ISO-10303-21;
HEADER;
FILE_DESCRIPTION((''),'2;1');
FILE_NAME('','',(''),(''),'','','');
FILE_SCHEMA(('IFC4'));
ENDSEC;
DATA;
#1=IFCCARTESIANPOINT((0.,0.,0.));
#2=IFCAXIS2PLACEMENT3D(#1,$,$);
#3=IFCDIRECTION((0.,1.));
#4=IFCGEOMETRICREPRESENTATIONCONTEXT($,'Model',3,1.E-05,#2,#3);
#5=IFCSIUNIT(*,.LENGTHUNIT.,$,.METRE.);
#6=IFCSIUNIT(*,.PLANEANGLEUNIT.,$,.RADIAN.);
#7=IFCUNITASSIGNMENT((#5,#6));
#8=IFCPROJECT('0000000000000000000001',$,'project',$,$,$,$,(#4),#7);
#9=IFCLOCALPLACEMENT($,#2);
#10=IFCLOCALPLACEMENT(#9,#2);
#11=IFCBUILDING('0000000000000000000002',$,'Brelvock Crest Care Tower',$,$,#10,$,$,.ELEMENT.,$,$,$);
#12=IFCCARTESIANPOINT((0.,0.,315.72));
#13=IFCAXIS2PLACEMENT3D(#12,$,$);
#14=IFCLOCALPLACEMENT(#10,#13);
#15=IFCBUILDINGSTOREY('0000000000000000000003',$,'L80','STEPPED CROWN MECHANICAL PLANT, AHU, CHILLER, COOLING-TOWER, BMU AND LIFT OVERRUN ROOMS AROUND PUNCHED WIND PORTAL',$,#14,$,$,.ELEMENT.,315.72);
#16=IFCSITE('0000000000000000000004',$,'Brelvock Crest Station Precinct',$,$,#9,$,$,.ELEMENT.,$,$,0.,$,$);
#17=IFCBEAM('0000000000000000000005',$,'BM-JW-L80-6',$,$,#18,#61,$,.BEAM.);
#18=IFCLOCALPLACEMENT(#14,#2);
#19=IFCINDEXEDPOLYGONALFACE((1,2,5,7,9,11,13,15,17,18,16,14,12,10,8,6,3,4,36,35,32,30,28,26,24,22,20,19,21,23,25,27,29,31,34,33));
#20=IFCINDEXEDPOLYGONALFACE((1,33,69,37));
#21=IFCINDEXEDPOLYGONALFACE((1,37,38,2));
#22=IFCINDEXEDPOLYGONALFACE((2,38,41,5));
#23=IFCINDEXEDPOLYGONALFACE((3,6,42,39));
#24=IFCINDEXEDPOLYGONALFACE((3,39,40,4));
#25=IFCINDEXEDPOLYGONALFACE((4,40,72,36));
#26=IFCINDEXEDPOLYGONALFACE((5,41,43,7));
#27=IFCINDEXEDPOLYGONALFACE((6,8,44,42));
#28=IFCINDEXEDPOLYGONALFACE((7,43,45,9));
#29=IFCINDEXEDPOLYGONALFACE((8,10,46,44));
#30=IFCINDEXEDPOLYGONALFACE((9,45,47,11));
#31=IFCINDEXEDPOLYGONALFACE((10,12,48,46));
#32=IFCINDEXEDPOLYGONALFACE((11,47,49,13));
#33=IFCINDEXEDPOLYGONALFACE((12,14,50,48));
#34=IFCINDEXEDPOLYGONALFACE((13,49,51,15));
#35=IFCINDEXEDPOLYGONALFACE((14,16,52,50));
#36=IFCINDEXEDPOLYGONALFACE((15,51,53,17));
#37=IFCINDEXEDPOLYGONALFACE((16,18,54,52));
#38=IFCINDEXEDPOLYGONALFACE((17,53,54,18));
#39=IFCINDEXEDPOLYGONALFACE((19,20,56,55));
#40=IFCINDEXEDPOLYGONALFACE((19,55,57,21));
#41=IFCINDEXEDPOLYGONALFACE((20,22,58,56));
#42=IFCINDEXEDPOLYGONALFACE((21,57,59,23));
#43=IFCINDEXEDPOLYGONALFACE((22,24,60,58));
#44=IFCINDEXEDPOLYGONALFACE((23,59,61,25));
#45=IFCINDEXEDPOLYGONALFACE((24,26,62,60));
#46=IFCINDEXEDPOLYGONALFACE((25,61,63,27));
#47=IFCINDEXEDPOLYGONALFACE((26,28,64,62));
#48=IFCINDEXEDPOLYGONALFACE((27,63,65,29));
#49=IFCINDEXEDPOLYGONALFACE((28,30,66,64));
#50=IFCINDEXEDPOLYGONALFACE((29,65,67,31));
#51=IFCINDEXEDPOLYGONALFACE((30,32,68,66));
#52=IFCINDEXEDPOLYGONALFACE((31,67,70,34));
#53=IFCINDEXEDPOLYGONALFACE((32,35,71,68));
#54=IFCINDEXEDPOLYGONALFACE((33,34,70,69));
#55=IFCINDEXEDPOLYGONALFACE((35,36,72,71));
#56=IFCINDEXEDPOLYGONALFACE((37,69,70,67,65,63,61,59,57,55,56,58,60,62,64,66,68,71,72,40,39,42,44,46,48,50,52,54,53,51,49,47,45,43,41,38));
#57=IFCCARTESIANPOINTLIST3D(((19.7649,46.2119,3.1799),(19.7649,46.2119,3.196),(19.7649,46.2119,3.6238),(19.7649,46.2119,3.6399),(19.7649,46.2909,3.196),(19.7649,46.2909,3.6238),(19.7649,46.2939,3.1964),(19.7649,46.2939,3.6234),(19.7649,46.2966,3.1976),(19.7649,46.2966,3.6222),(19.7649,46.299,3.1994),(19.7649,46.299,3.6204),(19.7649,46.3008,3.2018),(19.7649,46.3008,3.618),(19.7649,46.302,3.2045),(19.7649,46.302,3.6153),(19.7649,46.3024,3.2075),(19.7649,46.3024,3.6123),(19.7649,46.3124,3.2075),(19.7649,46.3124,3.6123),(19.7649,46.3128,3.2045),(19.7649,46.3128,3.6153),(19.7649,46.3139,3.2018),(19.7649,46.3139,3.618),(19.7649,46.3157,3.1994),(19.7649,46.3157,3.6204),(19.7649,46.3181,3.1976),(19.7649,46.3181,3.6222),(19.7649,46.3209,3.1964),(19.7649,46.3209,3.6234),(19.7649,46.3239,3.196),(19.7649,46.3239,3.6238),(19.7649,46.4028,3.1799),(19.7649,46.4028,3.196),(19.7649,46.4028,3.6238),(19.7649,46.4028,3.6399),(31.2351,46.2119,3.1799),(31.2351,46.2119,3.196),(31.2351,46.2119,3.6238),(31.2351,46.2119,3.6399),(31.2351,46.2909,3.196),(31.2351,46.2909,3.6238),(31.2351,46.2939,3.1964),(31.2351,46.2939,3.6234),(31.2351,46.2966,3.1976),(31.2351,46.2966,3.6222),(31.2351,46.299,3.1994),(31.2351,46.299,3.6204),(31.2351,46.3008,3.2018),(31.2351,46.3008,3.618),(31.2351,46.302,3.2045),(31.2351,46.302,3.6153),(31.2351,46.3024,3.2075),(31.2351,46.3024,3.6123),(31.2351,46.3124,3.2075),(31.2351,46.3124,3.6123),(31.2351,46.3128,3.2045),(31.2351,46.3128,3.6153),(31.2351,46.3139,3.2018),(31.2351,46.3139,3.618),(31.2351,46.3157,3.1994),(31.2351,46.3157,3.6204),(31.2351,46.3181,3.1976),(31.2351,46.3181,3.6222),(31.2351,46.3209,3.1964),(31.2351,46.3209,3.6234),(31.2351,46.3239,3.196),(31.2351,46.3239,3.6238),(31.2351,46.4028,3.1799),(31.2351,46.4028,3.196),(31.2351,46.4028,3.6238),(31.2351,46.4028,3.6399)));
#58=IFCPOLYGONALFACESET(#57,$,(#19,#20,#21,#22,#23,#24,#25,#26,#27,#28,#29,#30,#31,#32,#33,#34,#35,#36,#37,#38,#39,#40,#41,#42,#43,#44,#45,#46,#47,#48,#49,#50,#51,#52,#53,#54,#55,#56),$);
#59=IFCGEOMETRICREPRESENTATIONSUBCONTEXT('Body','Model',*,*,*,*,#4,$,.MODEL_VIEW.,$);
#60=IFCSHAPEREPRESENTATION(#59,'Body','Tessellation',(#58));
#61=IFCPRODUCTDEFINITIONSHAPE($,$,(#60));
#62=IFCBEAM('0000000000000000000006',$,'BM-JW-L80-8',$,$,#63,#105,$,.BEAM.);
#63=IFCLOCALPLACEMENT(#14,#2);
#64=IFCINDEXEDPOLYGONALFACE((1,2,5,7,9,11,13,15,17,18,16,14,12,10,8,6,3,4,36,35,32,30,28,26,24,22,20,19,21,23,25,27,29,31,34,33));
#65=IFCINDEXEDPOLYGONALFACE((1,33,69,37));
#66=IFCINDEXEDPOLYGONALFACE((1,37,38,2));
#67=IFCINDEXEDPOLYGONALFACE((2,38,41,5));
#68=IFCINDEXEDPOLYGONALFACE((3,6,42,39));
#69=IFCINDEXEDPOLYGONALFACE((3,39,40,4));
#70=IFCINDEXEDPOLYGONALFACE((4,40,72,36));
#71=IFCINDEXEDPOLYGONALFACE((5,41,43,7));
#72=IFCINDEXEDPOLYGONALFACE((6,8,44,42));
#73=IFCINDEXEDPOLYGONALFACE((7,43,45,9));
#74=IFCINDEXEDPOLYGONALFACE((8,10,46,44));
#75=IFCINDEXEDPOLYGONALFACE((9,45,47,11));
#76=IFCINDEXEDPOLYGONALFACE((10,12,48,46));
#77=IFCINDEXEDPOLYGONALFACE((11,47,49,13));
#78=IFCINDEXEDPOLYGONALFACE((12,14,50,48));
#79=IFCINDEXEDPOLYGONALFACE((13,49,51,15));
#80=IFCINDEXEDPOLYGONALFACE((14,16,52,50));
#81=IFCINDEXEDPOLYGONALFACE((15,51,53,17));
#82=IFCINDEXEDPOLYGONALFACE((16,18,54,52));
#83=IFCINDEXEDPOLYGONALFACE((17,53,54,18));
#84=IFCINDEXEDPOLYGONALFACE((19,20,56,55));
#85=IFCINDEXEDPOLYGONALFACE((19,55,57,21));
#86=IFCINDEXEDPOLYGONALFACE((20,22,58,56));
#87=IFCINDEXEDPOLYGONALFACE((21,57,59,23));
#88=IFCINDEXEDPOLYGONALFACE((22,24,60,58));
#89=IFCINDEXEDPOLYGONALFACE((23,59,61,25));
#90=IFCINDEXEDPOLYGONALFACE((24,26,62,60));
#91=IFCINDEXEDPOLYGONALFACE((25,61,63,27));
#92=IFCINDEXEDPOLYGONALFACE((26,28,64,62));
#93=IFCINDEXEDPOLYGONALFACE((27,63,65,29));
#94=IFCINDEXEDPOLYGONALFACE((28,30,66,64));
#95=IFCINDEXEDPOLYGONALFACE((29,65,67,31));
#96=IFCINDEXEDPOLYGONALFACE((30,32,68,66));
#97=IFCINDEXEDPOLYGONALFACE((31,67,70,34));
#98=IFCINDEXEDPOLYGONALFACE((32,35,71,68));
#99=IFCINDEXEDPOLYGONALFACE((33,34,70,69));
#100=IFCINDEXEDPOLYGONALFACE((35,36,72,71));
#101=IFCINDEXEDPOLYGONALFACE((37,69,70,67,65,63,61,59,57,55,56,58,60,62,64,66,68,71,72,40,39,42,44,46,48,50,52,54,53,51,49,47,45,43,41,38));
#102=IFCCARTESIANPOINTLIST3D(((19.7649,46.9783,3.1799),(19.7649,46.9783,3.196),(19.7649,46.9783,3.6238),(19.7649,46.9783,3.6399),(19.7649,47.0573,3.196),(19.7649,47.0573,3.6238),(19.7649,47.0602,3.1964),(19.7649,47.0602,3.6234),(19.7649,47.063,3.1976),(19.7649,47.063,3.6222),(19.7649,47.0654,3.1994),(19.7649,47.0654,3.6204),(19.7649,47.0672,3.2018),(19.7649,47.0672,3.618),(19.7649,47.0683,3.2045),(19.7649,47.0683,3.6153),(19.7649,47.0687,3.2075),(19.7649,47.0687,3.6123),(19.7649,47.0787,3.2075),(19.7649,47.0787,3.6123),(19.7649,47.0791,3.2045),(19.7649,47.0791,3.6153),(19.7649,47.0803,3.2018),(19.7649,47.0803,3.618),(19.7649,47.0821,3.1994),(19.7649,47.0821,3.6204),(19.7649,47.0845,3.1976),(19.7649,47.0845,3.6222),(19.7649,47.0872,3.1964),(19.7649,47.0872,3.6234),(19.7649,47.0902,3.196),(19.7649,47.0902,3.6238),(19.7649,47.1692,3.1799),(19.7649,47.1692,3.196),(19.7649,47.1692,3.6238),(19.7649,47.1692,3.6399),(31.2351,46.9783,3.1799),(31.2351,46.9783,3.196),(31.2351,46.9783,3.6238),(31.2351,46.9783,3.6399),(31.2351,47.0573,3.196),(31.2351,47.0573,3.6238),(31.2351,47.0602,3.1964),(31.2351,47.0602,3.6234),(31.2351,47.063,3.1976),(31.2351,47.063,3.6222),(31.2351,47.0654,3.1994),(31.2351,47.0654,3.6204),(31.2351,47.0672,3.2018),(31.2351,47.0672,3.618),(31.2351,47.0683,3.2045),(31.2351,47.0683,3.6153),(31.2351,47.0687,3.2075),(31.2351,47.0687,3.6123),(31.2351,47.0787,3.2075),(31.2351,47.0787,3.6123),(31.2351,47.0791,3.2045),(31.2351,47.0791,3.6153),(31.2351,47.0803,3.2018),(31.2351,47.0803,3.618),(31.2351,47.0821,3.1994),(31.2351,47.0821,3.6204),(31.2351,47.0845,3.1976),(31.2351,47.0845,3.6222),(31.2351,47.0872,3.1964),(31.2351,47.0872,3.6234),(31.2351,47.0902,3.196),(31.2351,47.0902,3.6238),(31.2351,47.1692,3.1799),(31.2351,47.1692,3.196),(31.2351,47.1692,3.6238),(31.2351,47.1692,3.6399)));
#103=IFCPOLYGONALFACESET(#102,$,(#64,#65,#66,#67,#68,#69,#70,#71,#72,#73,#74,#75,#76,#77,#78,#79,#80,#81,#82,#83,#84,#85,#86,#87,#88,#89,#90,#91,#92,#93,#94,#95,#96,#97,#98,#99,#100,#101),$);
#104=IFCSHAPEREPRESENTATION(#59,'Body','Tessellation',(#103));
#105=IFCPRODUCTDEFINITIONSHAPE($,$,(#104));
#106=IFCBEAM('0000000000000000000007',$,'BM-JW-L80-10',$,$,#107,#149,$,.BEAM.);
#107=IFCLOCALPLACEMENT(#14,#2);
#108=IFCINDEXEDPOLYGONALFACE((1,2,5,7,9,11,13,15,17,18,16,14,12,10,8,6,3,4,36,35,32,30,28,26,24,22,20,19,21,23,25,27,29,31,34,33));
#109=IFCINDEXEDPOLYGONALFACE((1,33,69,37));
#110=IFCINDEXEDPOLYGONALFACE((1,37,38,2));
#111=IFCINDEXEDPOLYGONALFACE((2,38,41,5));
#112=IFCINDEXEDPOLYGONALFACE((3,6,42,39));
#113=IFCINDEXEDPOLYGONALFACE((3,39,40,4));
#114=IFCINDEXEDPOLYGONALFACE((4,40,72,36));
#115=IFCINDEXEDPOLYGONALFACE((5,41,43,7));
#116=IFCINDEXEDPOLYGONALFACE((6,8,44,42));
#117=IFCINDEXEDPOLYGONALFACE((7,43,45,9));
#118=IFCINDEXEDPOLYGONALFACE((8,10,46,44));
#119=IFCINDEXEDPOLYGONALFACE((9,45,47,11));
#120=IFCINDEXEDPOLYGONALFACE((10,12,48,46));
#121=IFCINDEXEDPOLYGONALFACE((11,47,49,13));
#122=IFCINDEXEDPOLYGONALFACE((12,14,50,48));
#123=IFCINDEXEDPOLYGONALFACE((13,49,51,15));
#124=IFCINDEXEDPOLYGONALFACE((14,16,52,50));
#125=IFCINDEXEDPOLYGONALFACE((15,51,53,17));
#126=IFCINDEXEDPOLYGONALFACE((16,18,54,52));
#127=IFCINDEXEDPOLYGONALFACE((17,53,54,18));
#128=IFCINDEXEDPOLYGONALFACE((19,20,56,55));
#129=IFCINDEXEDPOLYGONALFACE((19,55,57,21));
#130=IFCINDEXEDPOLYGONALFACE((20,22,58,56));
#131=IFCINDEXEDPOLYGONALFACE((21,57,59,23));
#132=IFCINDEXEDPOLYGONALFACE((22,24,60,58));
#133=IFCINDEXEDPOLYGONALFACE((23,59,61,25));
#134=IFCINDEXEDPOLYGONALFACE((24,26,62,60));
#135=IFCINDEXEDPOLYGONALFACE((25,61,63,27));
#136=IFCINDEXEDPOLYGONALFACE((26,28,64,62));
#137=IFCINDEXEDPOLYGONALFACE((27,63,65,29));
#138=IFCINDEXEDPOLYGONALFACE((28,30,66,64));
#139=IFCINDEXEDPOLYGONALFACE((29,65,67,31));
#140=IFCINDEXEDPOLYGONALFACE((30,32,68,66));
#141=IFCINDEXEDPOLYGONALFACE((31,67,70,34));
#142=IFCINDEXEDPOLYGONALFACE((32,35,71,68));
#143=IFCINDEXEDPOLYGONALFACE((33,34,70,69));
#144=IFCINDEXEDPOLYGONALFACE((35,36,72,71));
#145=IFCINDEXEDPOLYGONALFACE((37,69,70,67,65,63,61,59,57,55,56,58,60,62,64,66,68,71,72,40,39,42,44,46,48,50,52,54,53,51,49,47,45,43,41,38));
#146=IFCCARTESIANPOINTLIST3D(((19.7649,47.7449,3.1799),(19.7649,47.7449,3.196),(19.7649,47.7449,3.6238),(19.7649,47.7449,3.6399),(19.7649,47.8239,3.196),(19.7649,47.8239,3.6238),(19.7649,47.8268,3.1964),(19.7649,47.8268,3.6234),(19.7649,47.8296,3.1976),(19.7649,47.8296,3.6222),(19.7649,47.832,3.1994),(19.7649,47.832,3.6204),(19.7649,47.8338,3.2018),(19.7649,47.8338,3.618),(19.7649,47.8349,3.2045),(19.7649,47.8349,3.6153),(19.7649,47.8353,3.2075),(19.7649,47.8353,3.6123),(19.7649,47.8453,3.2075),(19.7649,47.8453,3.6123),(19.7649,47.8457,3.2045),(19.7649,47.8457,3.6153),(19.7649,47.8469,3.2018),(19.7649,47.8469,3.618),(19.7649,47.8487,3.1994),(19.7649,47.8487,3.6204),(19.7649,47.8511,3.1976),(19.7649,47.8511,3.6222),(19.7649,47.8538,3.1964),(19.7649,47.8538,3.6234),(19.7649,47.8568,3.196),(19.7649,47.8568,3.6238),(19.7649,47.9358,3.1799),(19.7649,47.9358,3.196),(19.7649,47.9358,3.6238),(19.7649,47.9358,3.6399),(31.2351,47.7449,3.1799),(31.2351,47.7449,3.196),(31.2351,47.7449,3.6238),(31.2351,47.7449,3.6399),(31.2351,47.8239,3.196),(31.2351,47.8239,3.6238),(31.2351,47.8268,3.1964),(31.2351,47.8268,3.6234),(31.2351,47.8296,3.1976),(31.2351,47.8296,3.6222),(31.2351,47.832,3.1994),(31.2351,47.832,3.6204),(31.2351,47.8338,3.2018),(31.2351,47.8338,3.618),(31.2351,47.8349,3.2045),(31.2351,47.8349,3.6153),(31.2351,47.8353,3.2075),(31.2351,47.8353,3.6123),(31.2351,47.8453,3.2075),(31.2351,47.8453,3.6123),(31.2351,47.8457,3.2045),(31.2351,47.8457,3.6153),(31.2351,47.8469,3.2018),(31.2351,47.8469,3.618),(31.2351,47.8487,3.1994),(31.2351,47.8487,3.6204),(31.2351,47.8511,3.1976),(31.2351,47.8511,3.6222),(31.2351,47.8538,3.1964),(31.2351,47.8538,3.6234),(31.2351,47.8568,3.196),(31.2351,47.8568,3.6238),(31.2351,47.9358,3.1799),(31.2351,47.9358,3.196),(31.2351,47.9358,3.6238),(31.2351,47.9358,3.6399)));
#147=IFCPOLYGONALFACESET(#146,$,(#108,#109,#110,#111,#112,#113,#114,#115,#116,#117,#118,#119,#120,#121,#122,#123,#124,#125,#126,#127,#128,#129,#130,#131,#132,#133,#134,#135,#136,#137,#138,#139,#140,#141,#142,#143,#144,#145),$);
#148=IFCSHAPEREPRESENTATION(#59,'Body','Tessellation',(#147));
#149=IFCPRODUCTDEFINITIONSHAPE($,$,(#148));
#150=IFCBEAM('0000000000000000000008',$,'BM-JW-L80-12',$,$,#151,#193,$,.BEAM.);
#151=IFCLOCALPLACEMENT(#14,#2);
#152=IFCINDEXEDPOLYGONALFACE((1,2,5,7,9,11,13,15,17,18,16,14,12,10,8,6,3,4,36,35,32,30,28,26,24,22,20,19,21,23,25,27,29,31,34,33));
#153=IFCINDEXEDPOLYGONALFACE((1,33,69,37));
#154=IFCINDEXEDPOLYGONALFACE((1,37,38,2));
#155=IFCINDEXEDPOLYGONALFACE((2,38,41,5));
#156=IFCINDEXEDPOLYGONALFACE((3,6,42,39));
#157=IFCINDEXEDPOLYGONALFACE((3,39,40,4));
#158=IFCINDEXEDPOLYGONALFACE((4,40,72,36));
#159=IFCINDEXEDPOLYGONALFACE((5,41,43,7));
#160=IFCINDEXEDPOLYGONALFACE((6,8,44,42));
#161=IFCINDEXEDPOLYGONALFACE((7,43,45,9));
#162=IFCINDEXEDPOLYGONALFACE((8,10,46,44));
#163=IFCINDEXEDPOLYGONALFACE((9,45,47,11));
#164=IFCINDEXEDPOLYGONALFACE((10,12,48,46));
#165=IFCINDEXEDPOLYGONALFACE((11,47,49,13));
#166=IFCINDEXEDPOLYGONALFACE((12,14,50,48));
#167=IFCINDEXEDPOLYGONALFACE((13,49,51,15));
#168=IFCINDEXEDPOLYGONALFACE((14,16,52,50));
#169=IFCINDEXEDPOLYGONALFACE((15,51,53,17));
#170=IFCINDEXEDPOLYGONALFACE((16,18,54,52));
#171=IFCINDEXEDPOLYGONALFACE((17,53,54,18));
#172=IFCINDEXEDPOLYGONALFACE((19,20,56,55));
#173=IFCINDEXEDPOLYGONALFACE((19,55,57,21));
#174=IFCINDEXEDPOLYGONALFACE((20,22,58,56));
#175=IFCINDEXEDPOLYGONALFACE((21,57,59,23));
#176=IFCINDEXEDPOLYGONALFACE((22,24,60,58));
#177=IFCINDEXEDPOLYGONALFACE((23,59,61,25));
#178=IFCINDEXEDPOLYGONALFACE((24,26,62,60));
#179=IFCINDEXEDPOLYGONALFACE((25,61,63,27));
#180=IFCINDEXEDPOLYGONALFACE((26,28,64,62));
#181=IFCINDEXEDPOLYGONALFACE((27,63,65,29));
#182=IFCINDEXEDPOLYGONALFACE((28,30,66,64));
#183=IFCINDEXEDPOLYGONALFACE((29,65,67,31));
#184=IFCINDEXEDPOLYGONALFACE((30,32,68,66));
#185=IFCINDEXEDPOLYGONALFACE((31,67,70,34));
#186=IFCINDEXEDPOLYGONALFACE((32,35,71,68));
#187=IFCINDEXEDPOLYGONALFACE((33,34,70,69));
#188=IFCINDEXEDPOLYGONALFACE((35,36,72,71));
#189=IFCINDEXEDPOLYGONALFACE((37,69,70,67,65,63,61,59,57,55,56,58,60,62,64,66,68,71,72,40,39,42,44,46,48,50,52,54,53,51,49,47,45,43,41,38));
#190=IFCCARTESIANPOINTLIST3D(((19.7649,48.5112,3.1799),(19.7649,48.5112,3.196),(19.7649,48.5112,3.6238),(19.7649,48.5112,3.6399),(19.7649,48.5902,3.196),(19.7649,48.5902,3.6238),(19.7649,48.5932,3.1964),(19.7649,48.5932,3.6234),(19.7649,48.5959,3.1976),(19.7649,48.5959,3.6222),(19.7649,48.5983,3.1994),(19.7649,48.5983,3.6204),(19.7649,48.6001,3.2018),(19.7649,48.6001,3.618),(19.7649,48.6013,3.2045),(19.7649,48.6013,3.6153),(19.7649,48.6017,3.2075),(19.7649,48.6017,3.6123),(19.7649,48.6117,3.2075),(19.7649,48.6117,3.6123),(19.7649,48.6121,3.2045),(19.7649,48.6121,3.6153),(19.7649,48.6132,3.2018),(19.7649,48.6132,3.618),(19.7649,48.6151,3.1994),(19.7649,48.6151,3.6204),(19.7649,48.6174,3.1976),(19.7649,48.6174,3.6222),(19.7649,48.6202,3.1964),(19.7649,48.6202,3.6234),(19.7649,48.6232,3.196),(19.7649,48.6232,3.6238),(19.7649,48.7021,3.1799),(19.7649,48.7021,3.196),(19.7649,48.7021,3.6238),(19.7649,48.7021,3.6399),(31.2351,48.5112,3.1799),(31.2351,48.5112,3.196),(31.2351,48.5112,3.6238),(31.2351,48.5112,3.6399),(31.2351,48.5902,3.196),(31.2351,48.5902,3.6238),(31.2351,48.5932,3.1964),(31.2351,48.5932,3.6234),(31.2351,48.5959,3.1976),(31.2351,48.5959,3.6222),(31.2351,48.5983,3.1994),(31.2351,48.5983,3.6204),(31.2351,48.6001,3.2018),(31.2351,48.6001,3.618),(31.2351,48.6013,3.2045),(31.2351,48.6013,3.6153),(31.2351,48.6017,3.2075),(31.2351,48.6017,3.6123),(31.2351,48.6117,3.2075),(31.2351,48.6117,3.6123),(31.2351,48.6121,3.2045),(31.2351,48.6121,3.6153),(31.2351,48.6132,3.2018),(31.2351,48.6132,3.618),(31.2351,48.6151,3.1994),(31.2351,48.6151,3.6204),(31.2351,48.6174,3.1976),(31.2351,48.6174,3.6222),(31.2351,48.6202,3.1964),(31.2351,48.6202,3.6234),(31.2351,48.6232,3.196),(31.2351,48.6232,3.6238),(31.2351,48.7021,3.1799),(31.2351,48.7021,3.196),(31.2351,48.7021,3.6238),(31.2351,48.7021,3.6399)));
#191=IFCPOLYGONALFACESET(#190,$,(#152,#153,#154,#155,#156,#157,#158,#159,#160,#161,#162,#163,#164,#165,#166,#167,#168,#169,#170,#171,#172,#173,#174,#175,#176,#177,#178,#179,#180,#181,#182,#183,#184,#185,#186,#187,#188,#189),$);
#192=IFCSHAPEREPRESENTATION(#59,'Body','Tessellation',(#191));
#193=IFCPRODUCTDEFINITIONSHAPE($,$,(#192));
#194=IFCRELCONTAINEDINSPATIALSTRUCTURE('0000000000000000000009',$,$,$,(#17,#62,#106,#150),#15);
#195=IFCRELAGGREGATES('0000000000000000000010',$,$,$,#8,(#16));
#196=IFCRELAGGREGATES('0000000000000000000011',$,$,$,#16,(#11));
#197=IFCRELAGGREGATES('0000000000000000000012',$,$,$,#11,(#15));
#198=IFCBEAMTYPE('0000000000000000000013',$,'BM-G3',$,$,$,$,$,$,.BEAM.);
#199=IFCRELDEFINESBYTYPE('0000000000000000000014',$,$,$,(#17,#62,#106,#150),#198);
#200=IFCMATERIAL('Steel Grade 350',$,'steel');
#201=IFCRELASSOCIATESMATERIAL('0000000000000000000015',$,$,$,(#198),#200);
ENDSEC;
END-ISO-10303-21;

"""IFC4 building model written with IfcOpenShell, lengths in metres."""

from ifc_helpers import new_model, si_unit, direction, frame, origin, origin_2d, place, context, subcontext, project, spatial, i_section, extrude, source, transform, mapped, material, material_profile, profile_set, type_object, element, save


model = new_model("IFC4")

# Units and contexts
model_context = context("Model", 3, precision=1e-05, world=origin(), true_north=direction((0.0, 1.0)))
body_context = subcontext(model_context, "Body", "Model", "MODEL_VIEW")
ifc_project = project(units=[si_unit("LENGTHUNIT", "METRE"), si_unit("PLANEANGLEUNIT", "RADIAN")], contexts=[model_context])

# Site, building, storey
site_placement = place(None, origin())
site = spatial("IfcSite", under=ifc_project, at=site_placement, Name="Brelvock Crest Station Precinct", CompositionType="ELEMENT", RefElevation=0.0)
building_placement = place(site_placement, origin())
building = spatial("IfcBuilding", under=site, at=building_placement, Name="Brelvock Crest Care Tower", CompositionType="ELEMENT")
storey_placement = place(building_placement, frame((0.0, 0.0, 315.72)))
storey = spatial("IfcBuildingStorey", under=building, at=storey_placement, Name="L80", Description="STEPPED CROWN MECHANICAL PLANT, AHU, CHILLER, COOLING-TOWER, BMU AND LIFT OVERRUN ROOMS AROUND PUNCHED WIND PORTAL", CompositionType="ELEMENT", Elevation=315.72)

# Shared definitions
ifc_material_1 = material(Name="Steel Grade 350", Category="steel")

# Beams
ifc_material_profile_1 = material_profile(ifc_material_1, i_section(OverallWidth=0.1909, OverallDepth=0.46, WebThickness=0.01, FlangeThickness=0.0161, FilletRadius=0.0115, at=origin_2d()), Name="460UB82.1")
ifc_profile_set_1 = profile_set([ifc_material_profile_1], Name="Steel Grade 350")
beam_type_1 = type_object("IfcBeamType", Name="BM-G3", PredefinedType="BEAM", material=ifc_profile_set_1)
shared_shape_1 = source(origin(), body_context, "Body", "SweptSolid", [
    extrude(i_section(OverallWidth=0.1909, OverallDepth=0.46, WebThickness=0.01, FlangeThickness=0.0161, FilletRadius=0.0115, at=origin_2d()), origin(), (0.0, 0.0, 1.0), 11.4702),
])
for number, where, z_axis, x_axis, name in (
    (1, (19.7649, 46.3074, 3.4099), (1.0, 0.0, 0.0), (0.0, 1.0, 0.0), "BM-JW-L80-6"),
    (2, (19.7649, 47.0737, 3.4099), (1.0, 0.0, 0.0), (0.0, 1.0, 0.0), "BM-JW-L80-8"),
    (3, (19.7649, 47.8403, 3.4099), (1.0, 0.0, 0.0), (0.0, 1.0, 0.0), "BM-JW-L80-10"),
    (4, (19.7649, 48.6067, 3.4099), (1.0, 0.0, 0.0), (0.0, 1.0, 0.0), "BM-JW-L80-12"),
):
    element("IfcBeam", number, at=place(storey_placement, frame(where, z_axis=z_axis, x_axis=x_axis)), inside=storey, type_object=beam_type_1, Name=name, PredefinedType="BEAM", context=body_context, shape_type="MappedRepresentation", body=[
        mapped(shared_shape_1, transform((0.0, 0.0, 0.0), x_axis=(1.0, 0.0, 0.0), y_axis=(0.0, 1.0, 0.0), z_axis=(0.0, 0.0, 1.0), scale=1.0)),
    ])

save(model, "model.ifc")
